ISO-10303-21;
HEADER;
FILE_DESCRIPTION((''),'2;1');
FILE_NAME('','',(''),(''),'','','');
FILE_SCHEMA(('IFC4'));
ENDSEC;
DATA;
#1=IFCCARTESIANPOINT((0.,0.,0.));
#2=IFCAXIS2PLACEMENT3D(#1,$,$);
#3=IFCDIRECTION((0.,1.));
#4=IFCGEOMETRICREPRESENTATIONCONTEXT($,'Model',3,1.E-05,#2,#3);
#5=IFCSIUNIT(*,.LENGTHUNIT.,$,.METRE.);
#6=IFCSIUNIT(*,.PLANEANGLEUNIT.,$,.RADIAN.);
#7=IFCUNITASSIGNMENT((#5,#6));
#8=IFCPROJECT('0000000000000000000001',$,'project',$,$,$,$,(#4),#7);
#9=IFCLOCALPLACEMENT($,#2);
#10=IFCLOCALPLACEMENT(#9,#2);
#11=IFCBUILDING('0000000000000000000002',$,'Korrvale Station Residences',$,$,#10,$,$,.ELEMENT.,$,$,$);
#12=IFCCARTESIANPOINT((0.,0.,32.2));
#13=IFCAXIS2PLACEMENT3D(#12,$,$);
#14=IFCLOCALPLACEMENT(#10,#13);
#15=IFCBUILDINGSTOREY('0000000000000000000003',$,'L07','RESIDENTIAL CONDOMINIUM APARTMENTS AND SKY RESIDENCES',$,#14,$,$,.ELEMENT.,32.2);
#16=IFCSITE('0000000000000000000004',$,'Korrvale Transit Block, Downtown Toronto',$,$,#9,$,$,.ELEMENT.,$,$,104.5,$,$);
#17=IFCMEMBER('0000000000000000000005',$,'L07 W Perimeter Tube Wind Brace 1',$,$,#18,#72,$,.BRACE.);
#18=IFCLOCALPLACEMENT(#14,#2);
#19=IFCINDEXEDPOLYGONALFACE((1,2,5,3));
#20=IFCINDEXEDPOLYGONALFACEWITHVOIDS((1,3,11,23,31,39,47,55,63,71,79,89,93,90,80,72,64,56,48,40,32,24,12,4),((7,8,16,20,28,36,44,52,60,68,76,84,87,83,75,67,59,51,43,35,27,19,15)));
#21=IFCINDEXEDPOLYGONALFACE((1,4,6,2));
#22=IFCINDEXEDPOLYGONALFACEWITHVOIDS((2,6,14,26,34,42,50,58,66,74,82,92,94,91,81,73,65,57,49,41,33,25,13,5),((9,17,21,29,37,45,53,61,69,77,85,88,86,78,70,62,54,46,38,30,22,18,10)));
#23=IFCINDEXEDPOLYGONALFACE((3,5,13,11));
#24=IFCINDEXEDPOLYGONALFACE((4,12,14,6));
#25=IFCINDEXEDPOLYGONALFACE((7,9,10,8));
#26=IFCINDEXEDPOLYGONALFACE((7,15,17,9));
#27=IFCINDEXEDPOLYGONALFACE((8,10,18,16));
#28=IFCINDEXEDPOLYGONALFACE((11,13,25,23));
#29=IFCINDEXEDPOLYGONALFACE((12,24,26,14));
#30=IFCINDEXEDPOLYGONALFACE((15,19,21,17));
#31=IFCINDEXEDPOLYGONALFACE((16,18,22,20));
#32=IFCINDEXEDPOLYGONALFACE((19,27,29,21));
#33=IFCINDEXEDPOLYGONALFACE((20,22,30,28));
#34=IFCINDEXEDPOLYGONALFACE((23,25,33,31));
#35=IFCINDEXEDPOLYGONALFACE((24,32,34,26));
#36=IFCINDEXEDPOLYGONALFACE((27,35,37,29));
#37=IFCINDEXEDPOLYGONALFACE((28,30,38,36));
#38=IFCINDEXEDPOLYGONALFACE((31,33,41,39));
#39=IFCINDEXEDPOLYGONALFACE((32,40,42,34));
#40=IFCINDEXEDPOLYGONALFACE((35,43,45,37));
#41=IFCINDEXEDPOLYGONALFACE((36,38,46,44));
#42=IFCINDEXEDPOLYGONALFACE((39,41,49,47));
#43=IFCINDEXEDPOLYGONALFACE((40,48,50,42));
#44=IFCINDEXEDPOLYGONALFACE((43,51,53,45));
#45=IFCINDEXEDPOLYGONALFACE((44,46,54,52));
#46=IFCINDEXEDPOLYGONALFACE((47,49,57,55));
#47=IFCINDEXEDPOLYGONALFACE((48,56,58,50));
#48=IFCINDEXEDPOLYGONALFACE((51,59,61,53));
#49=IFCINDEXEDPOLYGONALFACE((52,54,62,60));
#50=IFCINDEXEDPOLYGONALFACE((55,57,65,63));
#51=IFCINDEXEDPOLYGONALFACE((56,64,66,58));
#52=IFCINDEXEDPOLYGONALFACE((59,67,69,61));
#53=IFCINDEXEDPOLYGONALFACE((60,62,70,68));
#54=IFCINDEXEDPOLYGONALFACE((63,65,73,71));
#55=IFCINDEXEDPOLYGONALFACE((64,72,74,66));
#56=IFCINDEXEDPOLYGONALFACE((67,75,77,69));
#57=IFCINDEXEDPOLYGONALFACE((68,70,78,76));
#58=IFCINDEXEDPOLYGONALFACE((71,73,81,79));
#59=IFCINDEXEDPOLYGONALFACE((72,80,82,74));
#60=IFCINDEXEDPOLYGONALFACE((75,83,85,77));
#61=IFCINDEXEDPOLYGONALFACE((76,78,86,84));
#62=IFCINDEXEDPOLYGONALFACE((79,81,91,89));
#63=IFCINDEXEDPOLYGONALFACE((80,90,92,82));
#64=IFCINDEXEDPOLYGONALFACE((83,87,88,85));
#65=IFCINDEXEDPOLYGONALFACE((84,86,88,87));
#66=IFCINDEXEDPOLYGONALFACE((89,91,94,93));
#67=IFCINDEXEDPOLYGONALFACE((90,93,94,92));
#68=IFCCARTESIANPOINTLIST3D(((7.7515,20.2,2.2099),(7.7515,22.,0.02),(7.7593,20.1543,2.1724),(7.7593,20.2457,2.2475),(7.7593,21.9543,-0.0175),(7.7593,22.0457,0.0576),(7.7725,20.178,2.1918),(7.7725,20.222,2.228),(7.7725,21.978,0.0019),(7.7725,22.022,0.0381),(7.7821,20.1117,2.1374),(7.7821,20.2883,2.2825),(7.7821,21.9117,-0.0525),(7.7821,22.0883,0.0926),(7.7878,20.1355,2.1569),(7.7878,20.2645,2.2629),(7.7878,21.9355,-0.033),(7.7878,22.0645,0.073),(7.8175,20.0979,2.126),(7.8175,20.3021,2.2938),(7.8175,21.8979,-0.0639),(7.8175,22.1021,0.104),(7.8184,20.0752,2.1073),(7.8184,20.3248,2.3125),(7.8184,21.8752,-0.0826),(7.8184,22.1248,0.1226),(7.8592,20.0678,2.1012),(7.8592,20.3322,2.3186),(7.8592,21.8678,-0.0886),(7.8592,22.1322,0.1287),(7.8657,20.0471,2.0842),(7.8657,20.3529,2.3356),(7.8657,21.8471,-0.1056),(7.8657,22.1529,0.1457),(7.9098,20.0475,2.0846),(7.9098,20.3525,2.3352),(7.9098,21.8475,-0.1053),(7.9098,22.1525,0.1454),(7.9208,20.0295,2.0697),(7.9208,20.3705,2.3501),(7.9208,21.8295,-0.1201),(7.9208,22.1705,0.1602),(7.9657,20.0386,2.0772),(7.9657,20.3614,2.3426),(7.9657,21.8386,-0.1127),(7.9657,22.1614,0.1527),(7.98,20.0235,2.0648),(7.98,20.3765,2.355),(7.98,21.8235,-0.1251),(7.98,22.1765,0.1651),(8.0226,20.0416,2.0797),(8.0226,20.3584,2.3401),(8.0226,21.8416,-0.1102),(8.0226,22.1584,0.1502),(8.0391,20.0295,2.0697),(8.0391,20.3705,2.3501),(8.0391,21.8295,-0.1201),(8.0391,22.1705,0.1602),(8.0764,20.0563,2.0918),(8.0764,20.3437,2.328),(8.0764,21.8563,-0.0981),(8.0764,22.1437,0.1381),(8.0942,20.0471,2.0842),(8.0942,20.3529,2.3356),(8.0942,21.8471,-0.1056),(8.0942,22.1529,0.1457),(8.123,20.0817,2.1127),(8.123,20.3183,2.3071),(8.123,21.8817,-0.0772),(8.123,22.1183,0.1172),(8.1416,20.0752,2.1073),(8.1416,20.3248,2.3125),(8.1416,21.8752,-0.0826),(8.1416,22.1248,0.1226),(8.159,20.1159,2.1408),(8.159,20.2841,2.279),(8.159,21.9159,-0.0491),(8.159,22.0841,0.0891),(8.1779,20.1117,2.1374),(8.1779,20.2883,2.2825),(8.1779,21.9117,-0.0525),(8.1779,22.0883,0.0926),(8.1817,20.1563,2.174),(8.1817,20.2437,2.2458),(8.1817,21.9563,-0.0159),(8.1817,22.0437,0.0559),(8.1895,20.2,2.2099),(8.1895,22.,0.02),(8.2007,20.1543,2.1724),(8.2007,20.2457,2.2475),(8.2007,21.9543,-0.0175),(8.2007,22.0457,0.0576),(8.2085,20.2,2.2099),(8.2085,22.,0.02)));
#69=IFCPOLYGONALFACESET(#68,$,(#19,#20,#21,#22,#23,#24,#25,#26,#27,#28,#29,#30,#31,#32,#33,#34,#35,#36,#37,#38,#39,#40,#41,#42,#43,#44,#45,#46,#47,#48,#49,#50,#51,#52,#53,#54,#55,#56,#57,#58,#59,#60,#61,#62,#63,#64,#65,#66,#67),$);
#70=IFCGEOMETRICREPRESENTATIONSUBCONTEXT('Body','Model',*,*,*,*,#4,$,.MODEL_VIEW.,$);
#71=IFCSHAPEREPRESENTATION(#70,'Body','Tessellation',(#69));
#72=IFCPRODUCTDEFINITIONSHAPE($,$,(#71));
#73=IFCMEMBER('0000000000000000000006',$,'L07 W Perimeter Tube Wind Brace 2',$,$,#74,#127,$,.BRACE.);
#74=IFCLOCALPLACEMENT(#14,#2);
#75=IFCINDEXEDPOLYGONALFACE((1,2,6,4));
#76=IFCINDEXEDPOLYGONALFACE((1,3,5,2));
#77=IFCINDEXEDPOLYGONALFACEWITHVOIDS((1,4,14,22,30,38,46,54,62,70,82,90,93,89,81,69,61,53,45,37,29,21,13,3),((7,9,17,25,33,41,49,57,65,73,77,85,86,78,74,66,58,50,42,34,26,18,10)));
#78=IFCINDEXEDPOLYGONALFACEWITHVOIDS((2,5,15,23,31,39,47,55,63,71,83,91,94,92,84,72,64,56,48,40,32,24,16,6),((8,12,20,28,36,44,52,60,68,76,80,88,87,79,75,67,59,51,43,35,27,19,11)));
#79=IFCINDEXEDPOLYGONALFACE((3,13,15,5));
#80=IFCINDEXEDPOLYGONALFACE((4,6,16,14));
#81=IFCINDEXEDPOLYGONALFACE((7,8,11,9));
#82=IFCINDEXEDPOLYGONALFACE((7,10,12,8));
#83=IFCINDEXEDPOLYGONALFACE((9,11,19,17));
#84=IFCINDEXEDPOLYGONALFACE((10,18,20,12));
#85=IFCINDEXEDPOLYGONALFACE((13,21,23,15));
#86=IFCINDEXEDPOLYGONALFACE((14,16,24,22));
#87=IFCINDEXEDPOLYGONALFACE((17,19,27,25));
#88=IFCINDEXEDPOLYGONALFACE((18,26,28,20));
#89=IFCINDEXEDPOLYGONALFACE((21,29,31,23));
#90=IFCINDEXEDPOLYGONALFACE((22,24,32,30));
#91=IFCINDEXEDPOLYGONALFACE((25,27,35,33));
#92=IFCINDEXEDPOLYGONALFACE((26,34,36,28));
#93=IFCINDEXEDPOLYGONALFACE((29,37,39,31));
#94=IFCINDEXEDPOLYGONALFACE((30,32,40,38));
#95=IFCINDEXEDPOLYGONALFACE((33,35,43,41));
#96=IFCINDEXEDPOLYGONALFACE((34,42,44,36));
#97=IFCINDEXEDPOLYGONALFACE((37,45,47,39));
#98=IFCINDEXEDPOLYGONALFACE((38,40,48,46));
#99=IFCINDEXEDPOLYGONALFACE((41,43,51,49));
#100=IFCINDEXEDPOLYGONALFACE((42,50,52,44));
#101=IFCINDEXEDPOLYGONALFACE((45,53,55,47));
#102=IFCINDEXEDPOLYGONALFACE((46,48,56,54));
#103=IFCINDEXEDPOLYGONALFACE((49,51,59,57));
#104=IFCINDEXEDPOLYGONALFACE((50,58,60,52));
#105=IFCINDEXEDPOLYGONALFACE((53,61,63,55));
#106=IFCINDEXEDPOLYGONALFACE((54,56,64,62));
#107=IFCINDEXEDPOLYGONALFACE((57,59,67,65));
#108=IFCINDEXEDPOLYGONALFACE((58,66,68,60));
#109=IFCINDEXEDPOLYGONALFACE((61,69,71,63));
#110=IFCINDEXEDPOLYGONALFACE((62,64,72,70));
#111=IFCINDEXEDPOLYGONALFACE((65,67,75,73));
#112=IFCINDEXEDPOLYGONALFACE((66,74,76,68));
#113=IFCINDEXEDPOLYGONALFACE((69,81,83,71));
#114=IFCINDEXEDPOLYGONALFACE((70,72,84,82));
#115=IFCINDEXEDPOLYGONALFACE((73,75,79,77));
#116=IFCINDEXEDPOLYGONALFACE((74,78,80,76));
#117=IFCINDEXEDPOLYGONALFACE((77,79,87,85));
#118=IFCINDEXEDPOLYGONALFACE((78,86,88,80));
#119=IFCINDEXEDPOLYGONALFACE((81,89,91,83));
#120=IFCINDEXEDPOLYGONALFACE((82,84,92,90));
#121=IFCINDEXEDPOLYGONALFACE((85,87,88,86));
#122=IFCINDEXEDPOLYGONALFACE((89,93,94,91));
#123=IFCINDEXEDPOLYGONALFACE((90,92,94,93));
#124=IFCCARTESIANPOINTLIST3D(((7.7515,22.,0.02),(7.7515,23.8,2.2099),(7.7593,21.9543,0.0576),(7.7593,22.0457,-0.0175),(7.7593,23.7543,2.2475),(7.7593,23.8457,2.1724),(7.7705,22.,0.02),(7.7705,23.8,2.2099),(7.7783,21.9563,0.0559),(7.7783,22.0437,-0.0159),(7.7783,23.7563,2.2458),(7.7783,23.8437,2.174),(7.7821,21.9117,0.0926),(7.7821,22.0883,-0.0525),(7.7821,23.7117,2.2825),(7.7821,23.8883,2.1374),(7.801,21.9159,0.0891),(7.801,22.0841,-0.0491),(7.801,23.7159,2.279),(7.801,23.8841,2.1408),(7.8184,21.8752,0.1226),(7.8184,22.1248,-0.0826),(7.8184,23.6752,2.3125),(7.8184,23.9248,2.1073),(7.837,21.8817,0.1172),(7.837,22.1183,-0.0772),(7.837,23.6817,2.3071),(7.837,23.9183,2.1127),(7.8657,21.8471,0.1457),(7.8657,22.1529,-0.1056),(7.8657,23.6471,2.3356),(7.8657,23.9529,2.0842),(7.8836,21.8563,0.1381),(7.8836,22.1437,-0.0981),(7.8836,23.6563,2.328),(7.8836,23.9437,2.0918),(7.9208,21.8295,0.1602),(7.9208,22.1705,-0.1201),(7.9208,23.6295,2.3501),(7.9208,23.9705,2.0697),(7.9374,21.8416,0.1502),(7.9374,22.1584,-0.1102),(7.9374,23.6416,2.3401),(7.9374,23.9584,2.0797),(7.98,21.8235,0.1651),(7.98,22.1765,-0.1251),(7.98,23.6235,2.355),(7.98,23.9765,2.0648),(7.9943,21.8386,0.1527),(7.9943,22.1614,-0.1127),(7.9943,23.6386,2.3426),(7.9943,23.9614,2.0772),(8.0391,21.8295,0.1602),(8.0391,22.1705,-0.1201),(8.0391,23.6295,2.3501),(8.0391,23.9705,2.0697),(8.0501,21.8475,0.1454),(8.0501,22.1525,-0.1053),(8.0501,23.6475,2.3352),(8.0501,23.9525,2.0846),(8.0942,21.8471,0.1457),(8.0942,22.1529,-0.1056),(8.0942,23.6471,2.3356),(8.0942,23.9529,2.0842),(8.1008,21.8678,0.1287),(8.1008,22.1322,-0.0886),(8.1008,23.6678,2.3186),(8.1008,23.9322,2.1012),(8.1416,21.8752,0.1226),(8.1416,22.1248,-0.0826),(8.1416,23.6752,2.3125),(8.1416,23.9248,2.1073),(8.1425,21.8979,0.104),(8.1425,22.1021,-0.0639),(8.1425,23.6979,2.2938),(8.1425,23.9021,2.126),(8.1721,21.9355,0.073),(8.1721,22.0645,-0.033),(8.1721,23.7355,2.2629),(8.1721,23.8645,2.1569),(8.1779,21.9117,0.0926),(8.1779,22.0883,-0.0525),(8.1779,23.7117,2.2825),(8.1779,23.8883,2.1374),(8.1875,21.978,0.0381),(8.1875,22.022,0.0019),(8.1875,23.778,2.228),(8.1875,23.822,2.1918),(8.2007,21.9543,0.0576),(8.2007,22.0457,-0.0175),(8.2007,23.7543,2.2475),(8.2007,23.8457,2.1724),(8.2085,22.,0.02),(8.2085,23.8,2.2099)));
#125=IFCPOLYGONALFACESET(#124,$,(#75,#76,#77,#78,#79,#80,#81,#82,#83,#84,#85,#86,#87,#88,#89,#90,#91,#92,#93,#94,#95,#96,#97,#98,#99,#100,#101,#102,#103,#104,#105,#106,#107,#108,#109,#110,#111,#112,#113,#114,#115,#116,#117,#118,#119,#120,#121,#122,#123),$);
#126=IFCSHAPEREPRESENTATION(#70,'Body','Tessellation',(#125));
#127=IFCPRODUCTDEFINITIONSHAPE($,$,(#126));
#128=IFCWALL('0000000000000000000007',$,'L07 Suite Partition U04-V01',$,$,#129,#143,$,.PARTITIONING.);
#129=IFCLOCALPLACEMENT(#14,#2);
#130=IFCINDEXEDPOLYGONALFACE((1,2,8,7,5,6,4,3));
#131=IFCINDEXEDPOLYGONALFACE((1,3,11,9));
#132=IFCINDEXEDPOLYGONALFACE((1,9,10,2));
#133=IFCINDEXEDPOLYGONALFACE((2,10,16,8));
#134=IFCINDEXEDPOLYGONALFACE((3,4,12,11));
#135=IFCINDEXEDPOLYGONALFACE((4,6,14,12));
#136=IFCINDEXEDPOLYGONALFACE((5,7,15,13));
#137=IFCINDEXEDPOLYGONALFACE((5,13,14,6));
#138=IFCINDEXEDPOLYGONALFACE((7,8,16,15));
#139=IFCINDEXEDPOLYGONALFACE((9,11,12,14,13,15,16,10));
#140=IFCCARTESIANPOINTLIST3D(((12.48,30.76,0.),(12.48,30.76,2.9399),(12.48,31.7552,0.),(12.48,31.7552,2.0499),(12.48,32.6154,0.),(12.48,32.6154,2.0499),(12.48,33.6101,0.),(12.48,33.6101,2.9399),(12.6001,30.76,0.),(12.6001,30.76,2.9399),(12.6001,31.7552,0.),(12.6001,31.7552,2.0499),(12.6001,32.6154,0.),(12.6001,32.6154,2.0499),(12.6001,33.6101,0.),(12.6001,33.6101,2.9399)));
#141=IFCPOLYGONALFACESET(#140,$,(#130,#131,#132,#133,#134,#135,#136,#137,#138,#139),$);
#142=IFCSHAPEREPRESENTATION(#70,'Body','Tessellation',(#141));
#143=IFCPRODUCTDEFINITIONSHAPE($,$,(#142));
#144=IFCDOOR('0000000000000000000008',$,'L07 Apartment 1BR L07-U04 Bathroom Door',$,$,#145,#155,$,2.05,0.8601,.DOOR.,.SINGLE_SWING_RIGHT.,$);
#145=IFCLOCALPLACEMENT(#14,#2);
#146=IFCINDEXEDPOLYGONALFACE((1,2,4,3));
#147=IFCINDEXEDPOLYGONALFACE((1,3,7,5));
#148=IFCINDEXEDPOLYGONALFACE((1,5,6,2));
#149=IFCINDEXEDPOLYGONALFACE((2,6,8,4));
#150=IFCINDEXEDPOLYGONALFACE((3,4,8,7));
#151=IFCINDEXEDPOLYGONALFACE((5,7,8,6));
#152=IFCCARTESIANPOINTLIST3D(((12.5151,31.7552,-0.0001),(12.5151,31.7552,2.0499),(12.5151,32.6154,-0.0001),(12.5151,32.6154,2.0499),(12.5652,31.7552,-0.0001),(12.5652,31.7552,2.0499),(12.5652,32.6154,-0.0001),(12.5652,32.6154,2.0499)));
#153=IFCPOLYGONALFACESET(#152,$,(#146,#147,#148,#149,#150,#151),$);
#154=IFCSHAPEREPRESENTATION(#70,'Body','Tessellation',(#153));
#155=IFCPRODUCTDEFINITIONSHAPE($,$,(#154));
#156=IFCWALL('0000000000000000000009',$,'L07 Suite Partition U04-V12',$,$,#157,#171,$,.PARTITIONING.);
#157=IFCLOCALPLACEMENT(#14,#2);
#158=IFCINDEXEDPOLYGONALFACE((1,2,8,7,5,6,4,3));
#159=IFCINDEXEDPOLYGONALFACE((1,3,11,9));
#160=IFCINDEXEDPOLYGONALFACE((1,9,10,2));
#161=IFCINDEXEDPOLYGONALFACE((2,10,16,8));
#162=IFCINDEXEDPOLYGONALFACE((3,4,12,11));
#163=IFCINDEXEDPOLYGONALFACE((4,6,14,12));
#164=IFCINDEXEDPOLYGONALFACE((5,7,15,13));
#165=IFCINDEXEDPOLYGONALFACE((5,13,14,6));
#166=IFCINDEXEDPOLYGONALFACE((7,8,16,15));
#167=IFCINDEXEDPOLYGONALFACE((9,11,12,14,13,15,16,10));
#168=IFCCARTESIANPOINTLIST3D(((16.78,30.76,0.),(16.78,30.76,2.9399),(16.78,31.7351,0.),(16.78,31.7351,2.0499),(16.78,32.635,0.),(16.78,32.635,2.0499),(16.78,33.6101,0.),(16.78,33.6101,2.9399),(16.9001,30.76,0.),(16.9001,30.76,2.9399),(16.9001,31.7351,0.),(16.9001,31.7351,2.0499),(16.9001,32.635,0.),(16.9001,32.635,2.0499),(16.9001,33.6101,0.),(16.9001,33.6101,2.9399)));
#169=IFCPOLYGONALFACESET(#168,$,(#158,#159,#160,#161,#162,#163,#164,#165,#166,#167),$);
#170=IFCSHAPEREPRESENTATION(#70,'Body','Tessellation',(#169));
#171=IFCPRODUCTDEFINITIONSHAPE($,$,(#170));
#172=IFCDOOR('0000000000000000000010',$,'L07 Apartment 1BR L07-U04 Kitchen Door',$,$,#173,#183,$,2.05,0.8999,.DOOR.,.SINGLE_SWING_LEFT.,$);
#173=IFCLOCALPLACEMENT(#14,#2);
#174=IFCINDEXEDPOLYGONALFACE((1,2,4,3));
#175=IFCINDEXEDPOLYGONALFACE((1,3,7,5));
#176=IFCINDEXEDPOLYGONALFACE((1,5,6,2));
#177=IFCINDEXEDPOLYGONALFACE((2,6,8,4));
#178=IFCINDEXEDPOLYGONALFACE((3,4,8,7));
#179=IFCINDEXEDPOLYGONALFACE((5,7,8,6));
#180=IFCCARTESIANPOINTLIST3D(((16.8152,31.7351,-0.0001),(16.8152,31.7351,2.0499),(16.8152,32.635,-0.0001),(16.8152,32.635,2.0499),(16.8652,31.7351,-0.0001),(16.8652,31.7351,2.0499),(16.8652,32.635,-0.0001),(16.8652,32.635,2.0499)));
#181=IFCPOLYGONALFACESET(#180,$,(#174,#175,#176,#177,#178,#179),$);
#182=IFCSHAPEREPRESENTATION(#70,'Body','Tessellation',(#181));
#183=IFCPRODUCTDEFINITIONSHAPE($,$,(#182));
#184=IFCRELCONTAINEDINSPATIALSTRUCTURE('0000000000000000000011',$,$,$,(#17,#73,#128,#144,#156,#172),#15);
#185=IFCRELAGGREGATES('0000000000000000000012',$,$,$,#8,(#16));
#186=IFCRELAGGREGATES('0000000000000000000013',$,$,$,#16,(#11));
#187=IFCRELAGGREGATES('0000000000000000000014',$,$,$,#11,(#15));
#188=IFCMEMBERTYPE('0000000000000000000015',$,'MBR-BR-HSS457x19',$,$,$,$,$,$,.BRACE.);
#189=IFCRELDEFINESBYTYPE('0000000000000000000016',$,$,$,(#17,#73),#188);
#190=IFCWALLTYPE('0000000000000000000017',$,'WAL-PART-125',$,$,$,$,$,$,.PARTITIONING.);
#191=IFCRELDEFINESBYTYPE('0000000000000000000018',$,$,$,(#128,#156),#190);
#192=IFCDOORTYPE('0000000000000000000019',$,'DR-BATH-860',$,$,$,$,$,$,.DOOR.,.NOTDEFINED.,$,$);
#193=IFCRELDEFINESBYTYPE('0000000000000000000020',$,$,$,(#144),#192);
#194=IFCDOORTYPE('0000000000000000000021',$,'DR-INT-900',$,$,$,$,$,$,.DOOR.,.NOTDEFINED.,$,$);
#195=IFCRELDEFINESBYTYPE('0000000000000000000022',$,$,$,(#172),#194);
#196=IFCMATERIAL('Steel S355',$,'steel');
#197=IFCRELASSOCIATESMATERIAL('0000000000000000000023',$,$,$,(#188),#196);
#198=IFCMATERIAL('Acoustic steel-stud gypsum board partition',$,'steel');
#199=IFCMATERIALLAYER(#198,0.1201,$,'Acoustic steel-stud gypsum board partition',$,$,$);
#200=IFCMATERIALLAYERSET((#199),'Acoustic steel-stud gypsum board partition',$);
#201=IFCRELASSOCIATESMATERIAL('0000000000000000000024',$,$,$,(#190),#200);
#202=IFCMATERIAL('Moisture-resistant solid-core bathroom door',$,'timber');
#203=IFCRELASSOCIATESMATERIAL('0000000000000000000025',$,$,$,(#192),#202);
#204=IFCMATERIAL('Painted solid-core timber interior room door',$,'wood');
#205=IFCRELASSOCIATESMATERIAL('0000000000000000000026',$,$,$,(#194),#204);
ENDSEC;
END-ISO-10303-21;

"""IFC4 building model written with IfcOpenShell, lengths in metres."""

from ifc_helpers import new_model, si_unit, direction, frame, frame_2d, origin, origin_2d, place, context, subcontext, project, spatial, rectangle, hollow_circle, extrude, material, layer, layer_set, material_profile, profile_set, type_object, element, fill, save


model = new_model("IFC4")

# Units and contexts
model_context = context("Model", 3, precision=1e-05, world=origin(), true_north=direction((0.0, 1.0)))
body_context = subcontext(model_context, "Body", "Model", "MODEL_VIEW")
ifc_project = project(units=[si_unit("LENGTHUNIT", "METRE"), si_unit("PLANEANGLEUNIT", "RADIAN")], contexts=[model_context])

# Site, building, storey
site_placement = place(None, origin())
site = spatial("IfcSite", under=ifc_project, at=site_placement, Name="Korrvale Transit Block, Downtown Toronto", CompositionType="ELEMENT", RefElevation=104.5)
building_placement = place(site_placement, origin())
building = spatial("IfcBuilding", under=site, at=building_placement, Name="Korrvale Station Residences", CompositionType="ELEMENT")
storey_placement = place(building_placement, frame((0.0, 0.0, 32.2)))
storey = spatial("IfcBuildingStorey", under=building, at=storey_placement, Name="L07", Description="RESIDENTIAL CONDOMINIUM APARTMENTS AND SKY RESIDENCES", CompositionType="ELEMENT", Elevation=32.2)

# Shared definitions
ifc_material_1 = material(Name="Steel S355", Category="steel")

# Members
ifc_material_profile_1 = material_profile(ifc_material_1, hollow_circle(Radius=0.2285, WallThickness=0.019, at=origin_2d()), Name="HSS457x19")
ifc_profile_set_1 = profile_set([ifc_material_profile_1], Name="Steel S355")
member_type = type_object("IfcMemberType", Name="MBR-BR-HSS457x19", PredefinedType="BRACE", material=ifc_profile_set_1)
for number, where, z_axis, x_axis, name in (
    (1, (7.98, 22.0, 0.02), (0.0, -0.634985, 0.772524), (1.0, 0.0, 0.0), "L07 W Perimeter Tube Wind Brace 1"),
    (2, (7.98, 22.0, 0.02), (0.0, 0.634985, 0.772524), (-1.0, 0.0, 0.0), "L07 W Perimeter Tube Wind Brace 2"),
):
    element("IfcMember", number, at=place(storey_placement, frame(where, z_axis=z_axis, x_axis=x_axis)), inside=storey, type_object=member_type, Name=name, PredefinedType="BRACE", context=body_context, shape_type="SweptSolid", body=[
        extrude(hollow_circle(Radius=0.2285, WallThickness=0.019, at=origin_2d()), origin(), (0.0, 0.0, 1.0), 2.8347),
    ])

# Walls, openings, doors
ifc_material_2 = material(Name="Acoustic steel-stud gypsum board partition", Category="steel")
ifc_layer_1 = layer(ifc_material_2, 0.1201, Name="Acoustic steel-stud gypsum board partition")
ifc_layer_set_1 = layer_set([ifc_layer_1], Name="Acoustic steel-stud gypsum board partition")
wall_type_1 = type_object("IfcWallType", Name="WAL-PART-125", PredefinedType="PARTITIONING", material=ifc_layer_set_1)
wall_1_placement = place(storey_placement, frame((12.54, 30.76, 0.0), z_axis=(0.0, 0.0, 1.0), x_axis=(0.0, 1.0, 0.0)))
wall_1 = element("IfcWall", 3, at=wall_1_placement, inside=storey, type_object=wall_type_1, Name="L07 Suite Partition U04-V01", PredefinedType="PARTITIONING", context=body_context, shape_type="SweptSolid", body=[
    extrude(rectangle(XDim=2.8501, YDim=0.1201, at=frame_2d((1.425, 0.0))), origin(), (0.0, 0.0, 1.0), 2.9399),
])
opening_1_placement = place(wall_1_placement, frame((0.9951, 0.0, 0.0)))
opening_1 = element("IfcOpeningElement", 4, at=opening_1_placement, cuts=wall_1, PredefinedType="OPENING", context=body_context, shape_type="SweptSolid", body=[
    extrude(rectangle(XDim=0.8601, YDim=2.05, at=frame_2d((0.4302, 1.0249))), frame((0.0, 0.0701, 0.0), z_axis=(0.0, -1.0, 0.0), x_axis=(1.0, 0.0, 0.0)), (0.0, 0.0, 1.0), 0.1401),
])
ifc_material_3 = material(Name="Moisture-resistant solid-core bathroom door", Category="timber")
door_type_1 = type_object("IfcDoorType", Name="DR-BATH-860", OperationType="NOTDEFINED", PredefinedType="DOOR", material=ifc_material_3)
door_1_placement = place(opening_1_placement, origin())
door_1 = element("IfcDoor", 5, at=door_1_placement, inside=storey, type_object=door_type_1, Name="L07 Apartment 1BR L07-U04 Bathroom Door", OperationType="SINGLE_SWING_RIGHT", OverallHeight=2.05, OverallWidth=0.8601, PredefinedType="DOOR", context=body_context, shape_type="SweptSolid", body=[
    extrude(rectangle(XDim=0.8601, YDim=2.05, at=frame_2d((0.4302, 1.0249))), frame((0.0, 0.0249, 0.0), z_axis=(0.0, -1.0, 0.0), x_axis=(1.0, 0.0, 0.0)), (0.0, 0.0, 1.0), 0.05),
])
fill(opening_1, door_1)
wall_2_placement = place(storey_placement, frame((16.8401, 30.76, 0.0), z_axis=(0.0, 0.0, 1.0), x_axis=(0.0, 1.0, 0.0)))
wall_2 = element("IfcWall", 6, at=wall_2_placement, inside=storey, type_object=wall_type_1, Name="L07 Suite Partition U04-V12", PredefinedType="PARTITIONING", context=body_context, shape_type="SweptSolid", body=[
    extrude(rectangle(XDim=2.8501, YDim=0.1201, at=frame_2d((1.425, 0.0))), origin(), (0.0, 0.0, 1.0), 2.9399),
])
opening_2_placement = place(wall_2_placement, frame((0.9751, 0.0, 0.0)))
opening_2 = element("IfcOpeningElement", 7, at=opening_2_placement, cuts=wall_2, PredefinedType="OPENING", context=body_context, shape_type="SweptSolid", body=[
    extrude(rectangle(XDim=0.8999, YDim=2.05, at=frame_2d((0.45, 1.0249))), frame((0.0, 0.0701, 0.0), z_axis=(0.0, -1.0, 0.0), x_axis=(1.0, 0.0, 0.0)), (0.0, 0.0, 1.0), 0.1401),
])
ifc_material_4 = material(Name="Painted solid-core timber interior room door", Category="wood")
door_type_2 = type_object("IfcDoorType", Name="DR-INT-900", OperationType="NOTDEFINED", PredefinedType="DOOR", material=ifc_material_4)
door_2_placement = place(opening_2_placement, origin())
door_2 = element("IfcDoor", 8, at=door_2_placement, inside=storey, type_object=door_type_2, Name="L07 Apartment 1BR L07-U04 Kitchen Door", OperationType="SINGLE_SWING_LEFT", OverallHeight=2.05, OverallWidth=0.8999, PredefinedType="DOOR", context=body_context, shape_type="SweptSolid", body=[
    extrude(rectangle(XDim=0.8999, YDim=2.05, at=frame_2d((0.45, 1.0249))), frame((0.0, 0.0249, 0.0), z_axis=(0.0, -1.0, 0.0), x_axis=(1.0, 0.0, 0.0)), (0.0, 0.0, 1.0), 0.05),
])
fill(opening_2, door_2)

save(model, "model.ifc")
